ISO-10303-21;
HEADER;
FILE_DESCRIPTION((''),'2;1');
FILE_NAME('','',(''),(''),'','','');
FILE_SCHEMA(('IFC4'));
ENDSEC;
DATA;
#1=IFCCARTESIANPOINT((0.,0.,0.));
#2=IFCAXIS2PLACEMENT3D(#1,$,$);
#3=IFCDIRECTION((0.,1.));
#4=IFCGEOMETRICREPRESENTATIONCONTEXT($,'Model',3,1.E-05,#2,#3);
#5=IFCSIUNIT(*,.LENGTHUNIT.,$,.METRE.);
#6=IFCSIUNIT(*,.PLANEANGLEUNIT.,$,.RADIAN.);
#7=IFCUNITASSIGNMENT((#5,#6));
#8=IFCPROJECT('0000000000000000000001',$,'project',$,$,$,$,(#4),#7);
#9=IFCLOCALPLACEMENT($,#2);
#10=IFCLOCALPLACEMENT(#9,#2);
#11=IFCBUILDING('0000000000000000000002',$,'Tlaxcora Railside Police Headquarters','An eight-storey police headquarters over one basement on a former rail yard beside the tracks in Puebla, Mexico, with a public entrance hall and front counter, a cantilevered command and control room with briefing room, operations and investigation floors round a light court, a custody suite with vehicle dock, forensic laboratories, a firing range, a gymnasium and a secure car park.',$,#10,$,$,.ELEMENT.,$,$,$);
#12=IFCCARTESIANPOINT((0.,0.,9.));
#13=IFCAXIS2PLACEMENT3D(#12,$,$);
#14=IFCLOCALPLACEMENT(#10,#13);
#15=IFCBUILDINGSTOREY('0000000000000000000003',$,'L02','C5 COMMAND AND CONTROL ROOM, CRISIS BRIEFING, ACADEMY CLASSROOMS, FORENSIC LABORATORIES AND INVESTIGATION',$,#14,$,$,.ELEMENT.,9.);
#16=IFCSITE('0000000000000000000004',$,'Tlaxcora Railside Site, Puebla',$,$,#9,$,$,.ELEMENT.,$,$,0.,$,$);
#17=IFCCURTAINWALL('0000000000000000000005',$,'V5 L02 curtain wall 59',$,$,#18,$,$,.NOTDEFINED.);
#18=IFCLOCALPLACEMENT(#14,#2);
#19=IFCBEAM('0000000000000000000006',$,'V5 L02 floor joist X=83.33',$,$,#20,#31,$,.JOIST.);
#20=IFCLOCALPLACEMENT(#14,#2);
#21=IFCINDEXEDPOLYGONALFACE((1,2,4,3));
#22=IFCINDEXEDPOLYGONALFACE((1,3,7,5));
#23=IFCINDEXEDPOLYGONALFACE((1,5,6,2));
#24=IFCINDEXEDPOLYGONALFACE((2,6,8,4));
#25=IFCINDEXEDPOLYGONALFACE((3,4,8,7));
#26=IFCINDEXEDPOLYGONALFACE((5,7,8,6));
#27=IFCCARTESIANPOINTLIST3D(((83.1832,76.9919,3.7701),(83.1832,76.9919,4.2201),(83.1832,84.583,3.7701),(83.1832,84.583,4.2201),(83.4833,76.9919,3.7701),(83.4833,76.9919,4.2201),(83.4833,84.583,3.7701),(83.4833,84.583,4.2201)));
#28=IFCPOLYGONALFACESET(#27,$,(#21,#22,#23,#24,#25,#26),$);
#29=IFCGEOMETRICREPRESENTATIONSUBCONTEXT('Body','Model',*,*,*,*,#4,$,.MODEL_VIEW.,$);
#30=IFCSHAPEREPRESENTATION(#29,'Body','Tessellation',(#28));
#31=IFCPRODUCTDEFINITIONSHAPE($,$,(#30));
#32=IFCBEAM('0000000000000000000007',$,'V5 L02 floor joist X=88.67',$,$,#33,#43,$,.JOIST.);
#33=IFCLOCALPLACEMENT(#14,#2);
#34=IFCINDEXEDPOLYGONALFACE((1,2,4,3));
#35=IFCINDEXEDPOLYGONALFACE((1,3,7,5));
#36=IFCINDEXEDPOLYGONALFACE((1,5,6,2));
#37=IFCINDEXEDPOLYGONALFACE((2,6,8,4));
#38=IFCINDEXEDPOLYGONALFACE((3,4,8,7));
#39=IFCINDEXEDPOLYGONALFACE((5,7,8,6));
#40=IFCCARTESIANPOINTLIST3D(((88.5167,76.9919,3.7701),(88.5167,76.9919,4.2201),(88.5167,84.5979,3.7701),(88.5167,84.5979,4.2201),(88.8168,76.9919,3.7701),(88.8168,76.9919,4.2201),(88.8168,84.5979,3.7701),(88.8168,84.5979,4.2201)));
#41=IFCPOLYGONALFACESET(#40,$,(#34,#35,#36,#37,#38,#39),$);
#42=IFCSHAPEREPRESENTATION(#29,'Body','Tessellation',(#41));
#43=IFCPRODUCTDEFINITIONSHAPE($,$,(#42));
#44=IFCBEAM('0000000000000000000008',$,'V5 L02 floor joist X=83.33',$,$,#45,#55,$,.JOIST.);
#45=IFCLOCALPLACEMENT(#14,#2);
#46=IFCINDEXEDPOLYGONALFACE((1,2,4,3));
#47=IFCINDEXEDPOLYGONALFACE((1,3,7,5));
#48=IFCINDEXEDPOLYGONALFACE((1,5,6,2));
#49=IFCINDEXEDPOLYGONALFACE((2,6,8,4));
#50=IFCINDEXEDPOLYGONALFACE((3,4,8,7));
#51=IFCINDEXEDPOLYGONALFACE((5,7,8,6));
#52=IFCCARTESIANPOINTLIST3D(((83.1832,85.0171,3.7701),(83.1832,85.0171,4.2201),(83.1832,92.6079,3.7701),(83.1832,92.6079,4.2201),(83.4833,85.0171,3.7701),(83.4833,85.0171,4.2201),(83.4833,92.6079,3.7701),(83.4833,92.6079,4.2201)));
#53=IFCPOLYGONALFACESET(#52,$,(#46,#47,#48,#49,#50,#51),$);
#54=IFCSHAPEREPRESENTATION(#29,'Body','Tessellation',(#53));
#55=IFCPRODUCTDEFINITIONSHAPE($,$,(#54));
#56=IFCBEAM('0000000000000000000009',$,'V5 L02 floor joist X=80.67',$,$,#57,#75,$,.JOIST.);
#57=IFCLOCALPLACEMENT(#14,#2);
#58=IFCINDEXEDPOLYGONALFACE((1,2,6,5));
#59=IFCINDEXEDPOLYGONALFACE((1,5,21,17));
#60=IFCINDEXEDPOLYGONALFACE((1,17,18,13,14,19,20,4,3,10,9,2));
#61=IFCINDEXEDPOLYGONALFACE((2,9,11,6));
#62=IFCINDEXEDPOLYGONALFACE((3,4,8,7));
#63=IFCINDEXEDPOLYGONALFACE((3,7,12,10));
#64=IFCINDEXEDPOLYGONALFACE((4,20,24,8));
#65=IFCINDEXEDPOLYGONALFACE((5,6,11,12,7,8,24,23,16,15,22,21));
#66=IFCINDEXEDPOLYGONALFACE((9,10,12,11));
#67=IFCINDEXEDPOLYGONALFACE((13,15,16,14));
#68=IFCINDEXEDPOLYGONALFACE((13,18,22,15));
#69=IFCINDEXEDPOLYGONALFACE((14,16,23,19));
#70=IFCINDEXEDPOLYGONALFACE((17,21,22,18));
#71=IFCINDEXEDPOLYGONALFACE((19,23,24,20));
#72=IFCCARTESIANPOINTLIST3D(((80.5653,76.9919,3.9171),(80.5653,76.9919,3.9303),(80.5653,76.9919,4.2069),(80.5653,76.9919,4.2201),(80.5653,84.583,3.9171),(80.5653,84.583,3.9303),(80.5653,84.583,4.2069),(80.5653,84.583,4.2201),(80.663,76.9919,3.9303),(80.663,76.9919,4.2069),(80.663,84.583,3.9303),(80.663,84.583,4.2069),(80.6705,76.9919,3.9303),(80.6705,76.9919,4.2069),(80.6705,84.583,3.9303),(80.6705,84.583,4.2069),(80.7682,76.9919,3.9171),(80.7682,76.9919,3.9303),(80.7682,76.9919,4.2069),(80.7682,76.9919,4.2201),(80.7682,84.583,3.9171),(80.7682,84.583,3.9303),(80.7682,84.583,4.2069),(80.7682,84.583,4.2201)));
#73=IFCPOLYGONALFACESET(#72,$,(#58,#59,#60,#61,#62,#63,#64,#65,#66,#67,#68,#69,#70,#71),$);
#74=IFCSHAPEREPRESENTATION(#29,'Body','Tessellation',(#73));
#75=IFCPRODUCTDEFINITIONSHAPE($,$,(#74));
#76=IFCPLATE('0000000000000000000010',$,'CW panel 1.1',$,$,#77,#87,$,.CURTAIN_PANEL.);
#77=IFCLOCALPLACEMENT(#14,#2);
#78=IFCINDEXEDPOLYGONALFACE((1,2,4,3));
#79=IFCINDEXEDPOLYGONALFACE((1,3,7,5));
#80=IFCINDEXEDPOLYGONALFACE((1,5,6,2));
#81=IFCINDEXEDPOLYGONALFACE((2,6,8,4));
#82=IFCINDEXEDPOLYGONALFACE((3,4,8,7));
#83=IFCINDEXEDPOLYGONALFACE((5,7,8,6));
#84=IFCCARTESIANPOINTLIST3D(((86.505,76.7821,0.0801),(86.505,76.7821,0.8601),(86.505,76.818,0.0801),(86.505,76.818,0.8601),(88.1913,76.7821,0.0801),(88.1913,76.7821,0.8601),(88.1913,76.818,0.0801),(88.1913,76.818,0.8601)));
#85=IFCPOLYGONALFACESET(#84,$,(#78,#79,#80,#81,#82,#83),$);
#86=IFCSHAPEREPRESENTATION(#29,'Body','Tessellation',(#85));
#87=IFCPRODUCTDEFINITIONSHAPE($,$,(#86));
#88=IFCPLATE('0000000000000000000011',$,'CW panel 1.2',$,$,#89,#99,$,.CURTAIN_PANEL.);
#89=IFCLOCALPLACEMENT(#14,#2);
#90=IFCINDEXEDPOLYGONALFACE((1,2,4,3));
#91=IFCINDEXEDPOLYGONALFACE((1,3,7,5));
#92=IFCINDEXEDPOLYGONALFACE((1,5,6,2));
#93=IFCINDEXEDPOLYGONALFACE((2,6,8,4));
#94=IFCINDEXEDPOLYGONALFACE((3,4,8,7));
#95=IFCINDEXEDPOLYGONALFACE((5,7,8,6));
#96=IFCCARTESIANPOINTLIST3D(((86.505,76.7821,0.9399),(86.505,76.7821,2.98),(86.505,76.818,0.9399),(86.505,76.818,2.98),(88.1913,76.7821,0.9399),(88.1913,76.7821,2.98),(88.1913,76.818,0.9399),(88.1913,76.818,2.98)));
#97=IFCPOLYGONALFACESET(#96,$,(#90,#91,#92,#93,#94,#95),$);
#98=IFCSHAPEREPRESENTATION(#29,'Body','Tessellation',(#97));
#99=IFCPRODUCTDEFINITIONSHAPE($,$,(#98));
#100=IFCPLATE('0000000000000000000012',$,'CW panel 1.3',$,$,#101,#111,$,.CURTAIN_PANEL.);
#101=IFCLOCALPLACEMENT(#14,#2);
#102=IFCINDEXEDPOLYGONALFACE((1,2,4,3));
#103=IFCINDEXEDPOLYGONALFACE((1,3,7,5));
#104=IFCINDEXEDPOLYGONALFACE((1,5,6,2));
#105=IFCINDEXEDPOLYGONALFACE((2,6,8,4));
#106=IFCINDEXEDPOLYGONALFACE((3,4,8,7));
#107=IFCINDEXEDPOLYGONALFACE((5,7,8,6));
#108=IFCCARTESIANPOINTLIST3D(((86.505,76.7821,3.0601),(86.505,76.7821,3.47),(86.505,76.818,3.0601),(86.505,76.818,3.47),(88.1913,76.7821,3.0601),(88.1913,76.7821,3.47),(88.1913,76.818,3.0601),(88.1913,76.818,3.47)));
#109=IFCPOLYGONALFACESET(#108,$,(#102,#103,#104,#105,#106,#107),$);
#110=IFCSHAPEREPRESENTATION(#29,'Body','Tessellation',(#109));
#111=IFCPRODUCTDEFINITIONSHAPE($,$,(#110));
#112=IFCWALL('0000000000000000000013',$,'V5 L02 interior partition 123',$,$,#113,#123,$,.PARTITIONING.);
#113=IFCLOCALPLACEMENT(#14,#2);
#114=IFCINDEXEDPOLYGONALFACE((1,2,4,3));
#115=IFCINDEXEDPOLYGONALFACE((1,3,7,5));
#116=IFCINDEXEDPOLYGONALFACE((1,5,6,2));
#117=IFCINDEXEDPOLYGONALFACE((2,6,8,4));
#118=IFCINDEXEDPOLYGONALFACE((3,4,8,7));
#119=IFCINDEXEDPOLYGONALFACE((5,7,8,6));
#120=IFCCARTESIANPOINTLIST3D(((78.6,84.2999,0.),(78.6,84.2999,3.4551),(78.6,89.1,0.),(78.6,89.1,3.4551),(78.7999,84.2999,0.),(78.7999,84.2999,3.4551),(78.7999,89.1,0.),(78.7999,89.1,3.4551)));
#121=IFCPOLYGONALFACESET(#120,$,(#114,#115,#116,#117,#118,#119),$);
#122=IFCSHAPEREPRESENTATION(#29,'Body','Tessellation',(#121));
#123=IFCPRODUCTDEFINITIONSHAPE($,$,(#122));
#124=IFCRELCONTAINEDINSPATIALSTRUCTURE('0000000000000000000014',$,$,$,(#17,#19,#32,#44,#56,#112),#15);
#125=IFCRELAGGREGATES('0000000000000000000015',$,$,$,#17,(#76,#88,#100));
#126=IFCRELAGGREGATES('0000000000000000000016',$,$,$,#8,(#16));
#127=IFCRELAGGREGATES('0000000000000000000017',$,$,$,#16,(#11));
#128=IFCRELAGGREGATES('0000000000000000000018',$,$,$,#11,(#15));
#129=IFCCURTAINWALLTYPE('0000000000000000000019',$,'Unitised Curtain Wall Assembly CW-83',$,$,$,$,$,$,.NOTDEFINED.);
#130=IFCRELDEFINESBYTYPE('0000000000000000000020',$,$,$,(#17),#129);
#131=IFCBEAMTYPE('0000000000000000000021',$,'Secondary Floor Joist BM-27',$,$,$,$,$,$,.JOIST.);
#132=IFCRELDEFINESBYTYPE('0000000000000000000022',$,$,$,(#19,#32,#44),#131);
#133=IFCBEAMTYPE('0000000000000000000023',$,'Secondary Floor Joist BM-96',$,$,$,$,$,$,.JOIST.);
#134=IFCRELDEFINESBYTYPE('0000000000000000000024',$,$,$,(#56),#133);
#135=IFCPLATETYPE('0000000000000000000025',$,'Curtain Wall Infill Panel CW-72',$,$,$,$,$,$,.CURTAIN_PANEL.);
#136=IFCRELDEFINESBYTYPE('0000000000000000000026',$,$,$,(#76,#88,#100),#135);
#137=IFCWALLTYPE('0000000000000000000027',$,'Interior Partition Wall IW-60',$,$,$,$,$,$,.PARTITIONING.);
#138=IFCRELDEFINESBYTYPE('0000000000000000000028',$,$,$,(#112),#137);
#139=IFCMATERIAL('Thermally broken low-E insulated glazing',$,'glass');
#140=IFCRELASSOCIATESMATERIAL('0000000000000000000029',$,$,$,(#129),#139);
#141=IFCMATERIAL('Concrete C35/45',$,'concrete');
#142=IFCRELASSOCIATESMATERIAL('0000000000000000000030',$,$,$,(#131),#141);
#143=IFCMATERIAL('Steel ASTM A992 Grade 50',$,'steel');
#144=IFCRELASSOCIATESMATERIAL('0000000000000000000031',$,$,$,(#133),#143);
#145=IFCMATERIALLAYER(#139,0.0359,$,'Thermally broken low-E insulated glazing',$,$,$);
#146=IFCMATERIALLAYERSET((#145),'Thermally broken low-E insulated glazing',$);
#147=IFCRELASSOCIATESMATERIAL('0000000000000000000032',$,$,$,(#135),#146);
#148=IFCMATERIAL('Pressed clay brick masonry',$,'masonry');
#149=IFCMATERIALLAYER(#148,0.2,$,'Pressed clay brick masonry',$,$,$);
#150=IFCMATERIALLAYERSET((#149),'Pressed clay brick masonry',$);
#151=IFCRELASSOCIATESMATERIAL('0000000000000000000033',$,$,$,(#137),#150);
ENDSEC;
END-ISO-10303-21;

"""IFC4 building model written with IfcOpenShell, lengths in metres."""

from ifc_helpers import new_model, si_unit, direction, frame, frame_2d, origin, origin_2d, place, context, subcontext, project, spatial, rectangle, i_section, extrude, material, layer, layer_set, material_profile, profile_set, type_object, element, aggregate, save


model = new_model("IFC4")

# Units and contexts
model_context = context("Model", 3, precision=1e-05, world=origin(), true_north=direction((0.0, 1.0)))
body_context = subcontext(model_context, "Body", "Model", "MODEL_VIEW")
ifc_project = project(units=[si_unit("LENGTHUNIT", "METRE"), si_unit("PLANEANGLEUNIT", "RADIAN")], contexts=[model_context])

# Site, building, storey
site_placement = place(None, origin())
site = spatial("IfcSite", under=ifc_project, at=site_placement, Name="Tlaxcora Railside Site, Puebla", CompositionType="ELEMENT", RefElevation=0.0)
building_placement = place(site_placement, origin())
building = spatial("IfcBuilding", under=site, at=building_placement, Name="Tlaxcora Railside Police Headquarters", Description="An eight-storey police headquarters over one basement on a former rail yard beside the tracks in Puebla, Mexico, with a public entrance hall and front counter, a cantilevered command and control room with briefing room, operations and investigation floors round a light court, a custody suite with vehicle dock, forensic laboratories, a firing range, a gymnasium and a secure car park.", CompositionType="ELEMENT")
storey_placement = place(building_placement, frame((0.0, 0.0, 9.0)))
storey = spatial("IfcBuildingStorey", under=building, at=storey_placement, Name="L02", Description="C5 COMMAND AND CONTROL ROOM, CRISIS BRIEFING, ACADEMY CLASSROOMS, FORENSIC LABORATORIES AND INVESTIGATION", CompositionType="ELEMENT", Elevation=9.0)

# Curtain wall
ifc_material_1 = material(Name="Thermally broken low-E insulated glazing", Category="glass")
curtain_wall_type = type_object("IfcCurtainWallType", Name="Unitised Curtain Wall Assembly CW-83", PredefinedType="NOTDEFINED", material=ifc_material_1)
curtain_wall_placement = place(storey_placement, origin())
curtain_wall = element("IfcCurtainWall", 1, at=curtain_wall_placement, inside=storey, type_object=curtain_wall_type, Name="V5 L02 curtain wall 59", PredefinedType="NOTDEFINED")

# Beams
ifc_material_2 = material(Name="Concrete C35/45", Category="concrete")
ifc_material_profile_1 = material_profile(ifc_material_2, rectangle(XDim=0.3, YDim=0.45, at=origin_2d()), Name="RC300X450")
ifc_profile_set_1 = profile_set([ifc_material_profile_1], Name="Concrete C35/45")
beam_type_1 = type_object("IfcBeamType", Name="Secondary Floor Joist BM-27", PredefinedType="JOIST", material=ifc_profile_set_1)
beam_1_placement = place(storey_placement, frame((83.3333, 76.9919, 3.9951), z_axis=(0.0, 1.0, 0.0), x_axis=(-1.0, 0.0, 0.0)))
element("IfcBeam", 2, at=beam_1_placement, inside=storey, type_object=beam_type_1, Name="V5 L02 floor joist X=83.33", PredefinedType="JOIST", context=body_context, shape_type="SweptSolid", body=[
    extrude(rectangle(XDim=0.3, YDim=0.45, at=origin_2d()), origin(), (0.0, 0.0, 1.0), 7.5911),
])
beam_2_placement = place(storey_placement, frame((88.6667, 76.9919, 3.9951), z_axis=(0.0, 1.0, 0.0), x_axis=(-1.0, 0.0, 0.0)))
element("IfcBeam", 3, at=beam_2_placement, inside=storey, type_object=beam_type_1, Name="V5 L02 floor joist X=88.67", PredefinedType="JOIST", context=body_context, shape_type="SweptSolid", body=[
    extrude(rectangle(XDim=0.3, YDim=0.45, at=origin_2d()), origin(), (0.0, 0.0, 1.0), 7.606),
])
beam_3_placement = place(storey_placement, frame((83.3333, 85.0171, 3.9951), z_axis=(0.0, 1.0, 0.0), x_axis=(-1.0, 0.0, 0.0)))
element("IfcBeam", 4, at=beam_3_placement, inside=storey, type_object=beam_type_1, Name="V5 L02 floor joist X=83.33", PredefinedType="JOIST", context=body_context, shape_type="SweptSolid", body=[
    extrude(rectangle(XDim=0.3, YDim=0.45, at=origin_2d()), origin(), (0.0, 0.0, 1.0), 7.5908),
])
ifc_material_3 = material(Name="Steel ASTM A992 Grade 50", Category="steel")
ifc_material_profile_2 = material_profile(ifc_material_3, i_section(OverallWidth=0.2029, OverallDepth=0.303, WebThickness=0.0076, FlangeThickness=0.0132, at=origin_2d()), Name="W12X40")
ifc_profile_set_2 = profile_set([ifc_material_profile_2], Name="Steel ASTM A992 Grade 50")
beam_type_2 = type_object("IfcBeamType", Name="Secondary Floor Joist BM-96", PredefinedType="JOIST", material=ifc_profile_set_2)
beam_4_placement = place(storey_placement, frame((80.6667, 76.9919, 4.0686), z_axis=(0.0, 1.0, 0.0), x_axis=(-1.0, 0.0, 0.0)))
element("IfcBeam", 5, at=beam_4_placement, inside=storey, type_object=beam_type_2, Name="V5 L02 floor joist X=80.67", PredefinedType="JOIST", context=body_context, shape_type="SweptSolid", body=[
    extrude(i_section(OverallWidth=0.2029, OverallDepth=0.303, WebThickness=0.0076, FlangeThickness=0.0132, at=origin_2d()), origin(), (0.0, 0.0, 1.0), 7.5911),
])

# Plates
ifc_layer_1 = layer(ifc_material_1, 0.0359, Name="Thermally broken low-E insulated glazing")
ifc_layer_set_1 = layer_set([ifc_layer_1], Name="Thermally broken low-E insulated glazing")
plate_type = type_object("IfcPlateType", Name="Curtain Wall Infill Panel CW-72", PredefinedType="CURTAIN_PANEL", material=ifc_layer_set_1)
plate_1_placement = place(storey_placement, frame((87.3481, 76.8, 0.0801), z_axis=(0.0, 0.0, 1.0), x_axis=(1.0, 0.0, 0.0)))
plate_1 = element("IfcPlate", 6, at=plate_1_placement, type_object=plate_type, Name="CW panel 1.1", PredefinedType="CURTAIN_PANEL", context=body_context, shape_type="SweptSolid", body=[
    extrude(rectangle(XDim=1.6863, YDim=0.0359, at=origin_2d()), origin(), (0.0, 0.0, 1.0), 0.78),
])
plate_2_placement = place(storey_placement, frame((87.3481, 76.8, 0.9399), z_axis=(0.0, 0.0, 1.0), x_axis=(1.0, 0.0, 0.0)))
plate_2 = element("IfcPlate", 7, at=plate_2_placement, type_object=plate_type, Name="CW panel 1.2", PredefinedType="CURTAIN_PANEL", context=body_context, shape_type="SweptSolid", body=[
    extrude(rectangle(XDim=1.6863, YDim=0.0359, at=origin_2d()), origin(), (0.0, 0.0, 1.0), 2.04),
])
plate_3_placement = place(storey_placement, frame((87.3481, 76.8, 3.0601), z_axis=(0.0, 0.0, 1.0), x_axis=(1.0, 0.0, 0.0)))
plate_3 = element("IfcPlate", 8, at=plate_3_placement, type_object=plate_type, Name="CW panel 1.3", PredefinedType="CURTAIN_PANEL", context=body_context, shape_type="SweptSolid", body=[
    extrude(rectangle(XDim=1.6863, YDim=0.0359, at=origin_2d()), origin(), (0.0, 0.0, 1.0), 0.4099),
])
aggregate(curtain_wall, [plate_1, plate_2, plate_3])

# Wall
ifc_material_4 = material(Name="Pressed clay brick masonry", Category="masonry")
ifc_layer_2 = layer(ifc_material_4, 0.2, Name="Pressed clay brick masonry")
ifc_layer_set_2 = layer_set([ifc_layer_2], Name="Pressed clay brick masonry")
wall_type = type_object("IfcWallType", Name="Interior Partition Wall IW-60", PredefinedType="PARTITIONING", material=ifc_layer_set_2)
wall_placement = place(storey_placement, frame((78.7, 84.3, 0.0), z_axis=(0.0, 0.0, 1.0), x_axis=(0.0, 1.0, 0.0)))
element("IfcWall", 9, at=wall_placement, inside=storey, type_object=wall_type, Name="V5 L02 interior partition 123", PredefinedType="PARTITIONING", context=body_context, shape_type="SweptSolid", body=[
    extrude(rectangle(XDim=4.8, YDim=0.2, at=frame_2d((2.3999, 0.0))), origin(), (0.0, 0.0, 1.0), 3.4551),
])

save(model, "model.ifc")
